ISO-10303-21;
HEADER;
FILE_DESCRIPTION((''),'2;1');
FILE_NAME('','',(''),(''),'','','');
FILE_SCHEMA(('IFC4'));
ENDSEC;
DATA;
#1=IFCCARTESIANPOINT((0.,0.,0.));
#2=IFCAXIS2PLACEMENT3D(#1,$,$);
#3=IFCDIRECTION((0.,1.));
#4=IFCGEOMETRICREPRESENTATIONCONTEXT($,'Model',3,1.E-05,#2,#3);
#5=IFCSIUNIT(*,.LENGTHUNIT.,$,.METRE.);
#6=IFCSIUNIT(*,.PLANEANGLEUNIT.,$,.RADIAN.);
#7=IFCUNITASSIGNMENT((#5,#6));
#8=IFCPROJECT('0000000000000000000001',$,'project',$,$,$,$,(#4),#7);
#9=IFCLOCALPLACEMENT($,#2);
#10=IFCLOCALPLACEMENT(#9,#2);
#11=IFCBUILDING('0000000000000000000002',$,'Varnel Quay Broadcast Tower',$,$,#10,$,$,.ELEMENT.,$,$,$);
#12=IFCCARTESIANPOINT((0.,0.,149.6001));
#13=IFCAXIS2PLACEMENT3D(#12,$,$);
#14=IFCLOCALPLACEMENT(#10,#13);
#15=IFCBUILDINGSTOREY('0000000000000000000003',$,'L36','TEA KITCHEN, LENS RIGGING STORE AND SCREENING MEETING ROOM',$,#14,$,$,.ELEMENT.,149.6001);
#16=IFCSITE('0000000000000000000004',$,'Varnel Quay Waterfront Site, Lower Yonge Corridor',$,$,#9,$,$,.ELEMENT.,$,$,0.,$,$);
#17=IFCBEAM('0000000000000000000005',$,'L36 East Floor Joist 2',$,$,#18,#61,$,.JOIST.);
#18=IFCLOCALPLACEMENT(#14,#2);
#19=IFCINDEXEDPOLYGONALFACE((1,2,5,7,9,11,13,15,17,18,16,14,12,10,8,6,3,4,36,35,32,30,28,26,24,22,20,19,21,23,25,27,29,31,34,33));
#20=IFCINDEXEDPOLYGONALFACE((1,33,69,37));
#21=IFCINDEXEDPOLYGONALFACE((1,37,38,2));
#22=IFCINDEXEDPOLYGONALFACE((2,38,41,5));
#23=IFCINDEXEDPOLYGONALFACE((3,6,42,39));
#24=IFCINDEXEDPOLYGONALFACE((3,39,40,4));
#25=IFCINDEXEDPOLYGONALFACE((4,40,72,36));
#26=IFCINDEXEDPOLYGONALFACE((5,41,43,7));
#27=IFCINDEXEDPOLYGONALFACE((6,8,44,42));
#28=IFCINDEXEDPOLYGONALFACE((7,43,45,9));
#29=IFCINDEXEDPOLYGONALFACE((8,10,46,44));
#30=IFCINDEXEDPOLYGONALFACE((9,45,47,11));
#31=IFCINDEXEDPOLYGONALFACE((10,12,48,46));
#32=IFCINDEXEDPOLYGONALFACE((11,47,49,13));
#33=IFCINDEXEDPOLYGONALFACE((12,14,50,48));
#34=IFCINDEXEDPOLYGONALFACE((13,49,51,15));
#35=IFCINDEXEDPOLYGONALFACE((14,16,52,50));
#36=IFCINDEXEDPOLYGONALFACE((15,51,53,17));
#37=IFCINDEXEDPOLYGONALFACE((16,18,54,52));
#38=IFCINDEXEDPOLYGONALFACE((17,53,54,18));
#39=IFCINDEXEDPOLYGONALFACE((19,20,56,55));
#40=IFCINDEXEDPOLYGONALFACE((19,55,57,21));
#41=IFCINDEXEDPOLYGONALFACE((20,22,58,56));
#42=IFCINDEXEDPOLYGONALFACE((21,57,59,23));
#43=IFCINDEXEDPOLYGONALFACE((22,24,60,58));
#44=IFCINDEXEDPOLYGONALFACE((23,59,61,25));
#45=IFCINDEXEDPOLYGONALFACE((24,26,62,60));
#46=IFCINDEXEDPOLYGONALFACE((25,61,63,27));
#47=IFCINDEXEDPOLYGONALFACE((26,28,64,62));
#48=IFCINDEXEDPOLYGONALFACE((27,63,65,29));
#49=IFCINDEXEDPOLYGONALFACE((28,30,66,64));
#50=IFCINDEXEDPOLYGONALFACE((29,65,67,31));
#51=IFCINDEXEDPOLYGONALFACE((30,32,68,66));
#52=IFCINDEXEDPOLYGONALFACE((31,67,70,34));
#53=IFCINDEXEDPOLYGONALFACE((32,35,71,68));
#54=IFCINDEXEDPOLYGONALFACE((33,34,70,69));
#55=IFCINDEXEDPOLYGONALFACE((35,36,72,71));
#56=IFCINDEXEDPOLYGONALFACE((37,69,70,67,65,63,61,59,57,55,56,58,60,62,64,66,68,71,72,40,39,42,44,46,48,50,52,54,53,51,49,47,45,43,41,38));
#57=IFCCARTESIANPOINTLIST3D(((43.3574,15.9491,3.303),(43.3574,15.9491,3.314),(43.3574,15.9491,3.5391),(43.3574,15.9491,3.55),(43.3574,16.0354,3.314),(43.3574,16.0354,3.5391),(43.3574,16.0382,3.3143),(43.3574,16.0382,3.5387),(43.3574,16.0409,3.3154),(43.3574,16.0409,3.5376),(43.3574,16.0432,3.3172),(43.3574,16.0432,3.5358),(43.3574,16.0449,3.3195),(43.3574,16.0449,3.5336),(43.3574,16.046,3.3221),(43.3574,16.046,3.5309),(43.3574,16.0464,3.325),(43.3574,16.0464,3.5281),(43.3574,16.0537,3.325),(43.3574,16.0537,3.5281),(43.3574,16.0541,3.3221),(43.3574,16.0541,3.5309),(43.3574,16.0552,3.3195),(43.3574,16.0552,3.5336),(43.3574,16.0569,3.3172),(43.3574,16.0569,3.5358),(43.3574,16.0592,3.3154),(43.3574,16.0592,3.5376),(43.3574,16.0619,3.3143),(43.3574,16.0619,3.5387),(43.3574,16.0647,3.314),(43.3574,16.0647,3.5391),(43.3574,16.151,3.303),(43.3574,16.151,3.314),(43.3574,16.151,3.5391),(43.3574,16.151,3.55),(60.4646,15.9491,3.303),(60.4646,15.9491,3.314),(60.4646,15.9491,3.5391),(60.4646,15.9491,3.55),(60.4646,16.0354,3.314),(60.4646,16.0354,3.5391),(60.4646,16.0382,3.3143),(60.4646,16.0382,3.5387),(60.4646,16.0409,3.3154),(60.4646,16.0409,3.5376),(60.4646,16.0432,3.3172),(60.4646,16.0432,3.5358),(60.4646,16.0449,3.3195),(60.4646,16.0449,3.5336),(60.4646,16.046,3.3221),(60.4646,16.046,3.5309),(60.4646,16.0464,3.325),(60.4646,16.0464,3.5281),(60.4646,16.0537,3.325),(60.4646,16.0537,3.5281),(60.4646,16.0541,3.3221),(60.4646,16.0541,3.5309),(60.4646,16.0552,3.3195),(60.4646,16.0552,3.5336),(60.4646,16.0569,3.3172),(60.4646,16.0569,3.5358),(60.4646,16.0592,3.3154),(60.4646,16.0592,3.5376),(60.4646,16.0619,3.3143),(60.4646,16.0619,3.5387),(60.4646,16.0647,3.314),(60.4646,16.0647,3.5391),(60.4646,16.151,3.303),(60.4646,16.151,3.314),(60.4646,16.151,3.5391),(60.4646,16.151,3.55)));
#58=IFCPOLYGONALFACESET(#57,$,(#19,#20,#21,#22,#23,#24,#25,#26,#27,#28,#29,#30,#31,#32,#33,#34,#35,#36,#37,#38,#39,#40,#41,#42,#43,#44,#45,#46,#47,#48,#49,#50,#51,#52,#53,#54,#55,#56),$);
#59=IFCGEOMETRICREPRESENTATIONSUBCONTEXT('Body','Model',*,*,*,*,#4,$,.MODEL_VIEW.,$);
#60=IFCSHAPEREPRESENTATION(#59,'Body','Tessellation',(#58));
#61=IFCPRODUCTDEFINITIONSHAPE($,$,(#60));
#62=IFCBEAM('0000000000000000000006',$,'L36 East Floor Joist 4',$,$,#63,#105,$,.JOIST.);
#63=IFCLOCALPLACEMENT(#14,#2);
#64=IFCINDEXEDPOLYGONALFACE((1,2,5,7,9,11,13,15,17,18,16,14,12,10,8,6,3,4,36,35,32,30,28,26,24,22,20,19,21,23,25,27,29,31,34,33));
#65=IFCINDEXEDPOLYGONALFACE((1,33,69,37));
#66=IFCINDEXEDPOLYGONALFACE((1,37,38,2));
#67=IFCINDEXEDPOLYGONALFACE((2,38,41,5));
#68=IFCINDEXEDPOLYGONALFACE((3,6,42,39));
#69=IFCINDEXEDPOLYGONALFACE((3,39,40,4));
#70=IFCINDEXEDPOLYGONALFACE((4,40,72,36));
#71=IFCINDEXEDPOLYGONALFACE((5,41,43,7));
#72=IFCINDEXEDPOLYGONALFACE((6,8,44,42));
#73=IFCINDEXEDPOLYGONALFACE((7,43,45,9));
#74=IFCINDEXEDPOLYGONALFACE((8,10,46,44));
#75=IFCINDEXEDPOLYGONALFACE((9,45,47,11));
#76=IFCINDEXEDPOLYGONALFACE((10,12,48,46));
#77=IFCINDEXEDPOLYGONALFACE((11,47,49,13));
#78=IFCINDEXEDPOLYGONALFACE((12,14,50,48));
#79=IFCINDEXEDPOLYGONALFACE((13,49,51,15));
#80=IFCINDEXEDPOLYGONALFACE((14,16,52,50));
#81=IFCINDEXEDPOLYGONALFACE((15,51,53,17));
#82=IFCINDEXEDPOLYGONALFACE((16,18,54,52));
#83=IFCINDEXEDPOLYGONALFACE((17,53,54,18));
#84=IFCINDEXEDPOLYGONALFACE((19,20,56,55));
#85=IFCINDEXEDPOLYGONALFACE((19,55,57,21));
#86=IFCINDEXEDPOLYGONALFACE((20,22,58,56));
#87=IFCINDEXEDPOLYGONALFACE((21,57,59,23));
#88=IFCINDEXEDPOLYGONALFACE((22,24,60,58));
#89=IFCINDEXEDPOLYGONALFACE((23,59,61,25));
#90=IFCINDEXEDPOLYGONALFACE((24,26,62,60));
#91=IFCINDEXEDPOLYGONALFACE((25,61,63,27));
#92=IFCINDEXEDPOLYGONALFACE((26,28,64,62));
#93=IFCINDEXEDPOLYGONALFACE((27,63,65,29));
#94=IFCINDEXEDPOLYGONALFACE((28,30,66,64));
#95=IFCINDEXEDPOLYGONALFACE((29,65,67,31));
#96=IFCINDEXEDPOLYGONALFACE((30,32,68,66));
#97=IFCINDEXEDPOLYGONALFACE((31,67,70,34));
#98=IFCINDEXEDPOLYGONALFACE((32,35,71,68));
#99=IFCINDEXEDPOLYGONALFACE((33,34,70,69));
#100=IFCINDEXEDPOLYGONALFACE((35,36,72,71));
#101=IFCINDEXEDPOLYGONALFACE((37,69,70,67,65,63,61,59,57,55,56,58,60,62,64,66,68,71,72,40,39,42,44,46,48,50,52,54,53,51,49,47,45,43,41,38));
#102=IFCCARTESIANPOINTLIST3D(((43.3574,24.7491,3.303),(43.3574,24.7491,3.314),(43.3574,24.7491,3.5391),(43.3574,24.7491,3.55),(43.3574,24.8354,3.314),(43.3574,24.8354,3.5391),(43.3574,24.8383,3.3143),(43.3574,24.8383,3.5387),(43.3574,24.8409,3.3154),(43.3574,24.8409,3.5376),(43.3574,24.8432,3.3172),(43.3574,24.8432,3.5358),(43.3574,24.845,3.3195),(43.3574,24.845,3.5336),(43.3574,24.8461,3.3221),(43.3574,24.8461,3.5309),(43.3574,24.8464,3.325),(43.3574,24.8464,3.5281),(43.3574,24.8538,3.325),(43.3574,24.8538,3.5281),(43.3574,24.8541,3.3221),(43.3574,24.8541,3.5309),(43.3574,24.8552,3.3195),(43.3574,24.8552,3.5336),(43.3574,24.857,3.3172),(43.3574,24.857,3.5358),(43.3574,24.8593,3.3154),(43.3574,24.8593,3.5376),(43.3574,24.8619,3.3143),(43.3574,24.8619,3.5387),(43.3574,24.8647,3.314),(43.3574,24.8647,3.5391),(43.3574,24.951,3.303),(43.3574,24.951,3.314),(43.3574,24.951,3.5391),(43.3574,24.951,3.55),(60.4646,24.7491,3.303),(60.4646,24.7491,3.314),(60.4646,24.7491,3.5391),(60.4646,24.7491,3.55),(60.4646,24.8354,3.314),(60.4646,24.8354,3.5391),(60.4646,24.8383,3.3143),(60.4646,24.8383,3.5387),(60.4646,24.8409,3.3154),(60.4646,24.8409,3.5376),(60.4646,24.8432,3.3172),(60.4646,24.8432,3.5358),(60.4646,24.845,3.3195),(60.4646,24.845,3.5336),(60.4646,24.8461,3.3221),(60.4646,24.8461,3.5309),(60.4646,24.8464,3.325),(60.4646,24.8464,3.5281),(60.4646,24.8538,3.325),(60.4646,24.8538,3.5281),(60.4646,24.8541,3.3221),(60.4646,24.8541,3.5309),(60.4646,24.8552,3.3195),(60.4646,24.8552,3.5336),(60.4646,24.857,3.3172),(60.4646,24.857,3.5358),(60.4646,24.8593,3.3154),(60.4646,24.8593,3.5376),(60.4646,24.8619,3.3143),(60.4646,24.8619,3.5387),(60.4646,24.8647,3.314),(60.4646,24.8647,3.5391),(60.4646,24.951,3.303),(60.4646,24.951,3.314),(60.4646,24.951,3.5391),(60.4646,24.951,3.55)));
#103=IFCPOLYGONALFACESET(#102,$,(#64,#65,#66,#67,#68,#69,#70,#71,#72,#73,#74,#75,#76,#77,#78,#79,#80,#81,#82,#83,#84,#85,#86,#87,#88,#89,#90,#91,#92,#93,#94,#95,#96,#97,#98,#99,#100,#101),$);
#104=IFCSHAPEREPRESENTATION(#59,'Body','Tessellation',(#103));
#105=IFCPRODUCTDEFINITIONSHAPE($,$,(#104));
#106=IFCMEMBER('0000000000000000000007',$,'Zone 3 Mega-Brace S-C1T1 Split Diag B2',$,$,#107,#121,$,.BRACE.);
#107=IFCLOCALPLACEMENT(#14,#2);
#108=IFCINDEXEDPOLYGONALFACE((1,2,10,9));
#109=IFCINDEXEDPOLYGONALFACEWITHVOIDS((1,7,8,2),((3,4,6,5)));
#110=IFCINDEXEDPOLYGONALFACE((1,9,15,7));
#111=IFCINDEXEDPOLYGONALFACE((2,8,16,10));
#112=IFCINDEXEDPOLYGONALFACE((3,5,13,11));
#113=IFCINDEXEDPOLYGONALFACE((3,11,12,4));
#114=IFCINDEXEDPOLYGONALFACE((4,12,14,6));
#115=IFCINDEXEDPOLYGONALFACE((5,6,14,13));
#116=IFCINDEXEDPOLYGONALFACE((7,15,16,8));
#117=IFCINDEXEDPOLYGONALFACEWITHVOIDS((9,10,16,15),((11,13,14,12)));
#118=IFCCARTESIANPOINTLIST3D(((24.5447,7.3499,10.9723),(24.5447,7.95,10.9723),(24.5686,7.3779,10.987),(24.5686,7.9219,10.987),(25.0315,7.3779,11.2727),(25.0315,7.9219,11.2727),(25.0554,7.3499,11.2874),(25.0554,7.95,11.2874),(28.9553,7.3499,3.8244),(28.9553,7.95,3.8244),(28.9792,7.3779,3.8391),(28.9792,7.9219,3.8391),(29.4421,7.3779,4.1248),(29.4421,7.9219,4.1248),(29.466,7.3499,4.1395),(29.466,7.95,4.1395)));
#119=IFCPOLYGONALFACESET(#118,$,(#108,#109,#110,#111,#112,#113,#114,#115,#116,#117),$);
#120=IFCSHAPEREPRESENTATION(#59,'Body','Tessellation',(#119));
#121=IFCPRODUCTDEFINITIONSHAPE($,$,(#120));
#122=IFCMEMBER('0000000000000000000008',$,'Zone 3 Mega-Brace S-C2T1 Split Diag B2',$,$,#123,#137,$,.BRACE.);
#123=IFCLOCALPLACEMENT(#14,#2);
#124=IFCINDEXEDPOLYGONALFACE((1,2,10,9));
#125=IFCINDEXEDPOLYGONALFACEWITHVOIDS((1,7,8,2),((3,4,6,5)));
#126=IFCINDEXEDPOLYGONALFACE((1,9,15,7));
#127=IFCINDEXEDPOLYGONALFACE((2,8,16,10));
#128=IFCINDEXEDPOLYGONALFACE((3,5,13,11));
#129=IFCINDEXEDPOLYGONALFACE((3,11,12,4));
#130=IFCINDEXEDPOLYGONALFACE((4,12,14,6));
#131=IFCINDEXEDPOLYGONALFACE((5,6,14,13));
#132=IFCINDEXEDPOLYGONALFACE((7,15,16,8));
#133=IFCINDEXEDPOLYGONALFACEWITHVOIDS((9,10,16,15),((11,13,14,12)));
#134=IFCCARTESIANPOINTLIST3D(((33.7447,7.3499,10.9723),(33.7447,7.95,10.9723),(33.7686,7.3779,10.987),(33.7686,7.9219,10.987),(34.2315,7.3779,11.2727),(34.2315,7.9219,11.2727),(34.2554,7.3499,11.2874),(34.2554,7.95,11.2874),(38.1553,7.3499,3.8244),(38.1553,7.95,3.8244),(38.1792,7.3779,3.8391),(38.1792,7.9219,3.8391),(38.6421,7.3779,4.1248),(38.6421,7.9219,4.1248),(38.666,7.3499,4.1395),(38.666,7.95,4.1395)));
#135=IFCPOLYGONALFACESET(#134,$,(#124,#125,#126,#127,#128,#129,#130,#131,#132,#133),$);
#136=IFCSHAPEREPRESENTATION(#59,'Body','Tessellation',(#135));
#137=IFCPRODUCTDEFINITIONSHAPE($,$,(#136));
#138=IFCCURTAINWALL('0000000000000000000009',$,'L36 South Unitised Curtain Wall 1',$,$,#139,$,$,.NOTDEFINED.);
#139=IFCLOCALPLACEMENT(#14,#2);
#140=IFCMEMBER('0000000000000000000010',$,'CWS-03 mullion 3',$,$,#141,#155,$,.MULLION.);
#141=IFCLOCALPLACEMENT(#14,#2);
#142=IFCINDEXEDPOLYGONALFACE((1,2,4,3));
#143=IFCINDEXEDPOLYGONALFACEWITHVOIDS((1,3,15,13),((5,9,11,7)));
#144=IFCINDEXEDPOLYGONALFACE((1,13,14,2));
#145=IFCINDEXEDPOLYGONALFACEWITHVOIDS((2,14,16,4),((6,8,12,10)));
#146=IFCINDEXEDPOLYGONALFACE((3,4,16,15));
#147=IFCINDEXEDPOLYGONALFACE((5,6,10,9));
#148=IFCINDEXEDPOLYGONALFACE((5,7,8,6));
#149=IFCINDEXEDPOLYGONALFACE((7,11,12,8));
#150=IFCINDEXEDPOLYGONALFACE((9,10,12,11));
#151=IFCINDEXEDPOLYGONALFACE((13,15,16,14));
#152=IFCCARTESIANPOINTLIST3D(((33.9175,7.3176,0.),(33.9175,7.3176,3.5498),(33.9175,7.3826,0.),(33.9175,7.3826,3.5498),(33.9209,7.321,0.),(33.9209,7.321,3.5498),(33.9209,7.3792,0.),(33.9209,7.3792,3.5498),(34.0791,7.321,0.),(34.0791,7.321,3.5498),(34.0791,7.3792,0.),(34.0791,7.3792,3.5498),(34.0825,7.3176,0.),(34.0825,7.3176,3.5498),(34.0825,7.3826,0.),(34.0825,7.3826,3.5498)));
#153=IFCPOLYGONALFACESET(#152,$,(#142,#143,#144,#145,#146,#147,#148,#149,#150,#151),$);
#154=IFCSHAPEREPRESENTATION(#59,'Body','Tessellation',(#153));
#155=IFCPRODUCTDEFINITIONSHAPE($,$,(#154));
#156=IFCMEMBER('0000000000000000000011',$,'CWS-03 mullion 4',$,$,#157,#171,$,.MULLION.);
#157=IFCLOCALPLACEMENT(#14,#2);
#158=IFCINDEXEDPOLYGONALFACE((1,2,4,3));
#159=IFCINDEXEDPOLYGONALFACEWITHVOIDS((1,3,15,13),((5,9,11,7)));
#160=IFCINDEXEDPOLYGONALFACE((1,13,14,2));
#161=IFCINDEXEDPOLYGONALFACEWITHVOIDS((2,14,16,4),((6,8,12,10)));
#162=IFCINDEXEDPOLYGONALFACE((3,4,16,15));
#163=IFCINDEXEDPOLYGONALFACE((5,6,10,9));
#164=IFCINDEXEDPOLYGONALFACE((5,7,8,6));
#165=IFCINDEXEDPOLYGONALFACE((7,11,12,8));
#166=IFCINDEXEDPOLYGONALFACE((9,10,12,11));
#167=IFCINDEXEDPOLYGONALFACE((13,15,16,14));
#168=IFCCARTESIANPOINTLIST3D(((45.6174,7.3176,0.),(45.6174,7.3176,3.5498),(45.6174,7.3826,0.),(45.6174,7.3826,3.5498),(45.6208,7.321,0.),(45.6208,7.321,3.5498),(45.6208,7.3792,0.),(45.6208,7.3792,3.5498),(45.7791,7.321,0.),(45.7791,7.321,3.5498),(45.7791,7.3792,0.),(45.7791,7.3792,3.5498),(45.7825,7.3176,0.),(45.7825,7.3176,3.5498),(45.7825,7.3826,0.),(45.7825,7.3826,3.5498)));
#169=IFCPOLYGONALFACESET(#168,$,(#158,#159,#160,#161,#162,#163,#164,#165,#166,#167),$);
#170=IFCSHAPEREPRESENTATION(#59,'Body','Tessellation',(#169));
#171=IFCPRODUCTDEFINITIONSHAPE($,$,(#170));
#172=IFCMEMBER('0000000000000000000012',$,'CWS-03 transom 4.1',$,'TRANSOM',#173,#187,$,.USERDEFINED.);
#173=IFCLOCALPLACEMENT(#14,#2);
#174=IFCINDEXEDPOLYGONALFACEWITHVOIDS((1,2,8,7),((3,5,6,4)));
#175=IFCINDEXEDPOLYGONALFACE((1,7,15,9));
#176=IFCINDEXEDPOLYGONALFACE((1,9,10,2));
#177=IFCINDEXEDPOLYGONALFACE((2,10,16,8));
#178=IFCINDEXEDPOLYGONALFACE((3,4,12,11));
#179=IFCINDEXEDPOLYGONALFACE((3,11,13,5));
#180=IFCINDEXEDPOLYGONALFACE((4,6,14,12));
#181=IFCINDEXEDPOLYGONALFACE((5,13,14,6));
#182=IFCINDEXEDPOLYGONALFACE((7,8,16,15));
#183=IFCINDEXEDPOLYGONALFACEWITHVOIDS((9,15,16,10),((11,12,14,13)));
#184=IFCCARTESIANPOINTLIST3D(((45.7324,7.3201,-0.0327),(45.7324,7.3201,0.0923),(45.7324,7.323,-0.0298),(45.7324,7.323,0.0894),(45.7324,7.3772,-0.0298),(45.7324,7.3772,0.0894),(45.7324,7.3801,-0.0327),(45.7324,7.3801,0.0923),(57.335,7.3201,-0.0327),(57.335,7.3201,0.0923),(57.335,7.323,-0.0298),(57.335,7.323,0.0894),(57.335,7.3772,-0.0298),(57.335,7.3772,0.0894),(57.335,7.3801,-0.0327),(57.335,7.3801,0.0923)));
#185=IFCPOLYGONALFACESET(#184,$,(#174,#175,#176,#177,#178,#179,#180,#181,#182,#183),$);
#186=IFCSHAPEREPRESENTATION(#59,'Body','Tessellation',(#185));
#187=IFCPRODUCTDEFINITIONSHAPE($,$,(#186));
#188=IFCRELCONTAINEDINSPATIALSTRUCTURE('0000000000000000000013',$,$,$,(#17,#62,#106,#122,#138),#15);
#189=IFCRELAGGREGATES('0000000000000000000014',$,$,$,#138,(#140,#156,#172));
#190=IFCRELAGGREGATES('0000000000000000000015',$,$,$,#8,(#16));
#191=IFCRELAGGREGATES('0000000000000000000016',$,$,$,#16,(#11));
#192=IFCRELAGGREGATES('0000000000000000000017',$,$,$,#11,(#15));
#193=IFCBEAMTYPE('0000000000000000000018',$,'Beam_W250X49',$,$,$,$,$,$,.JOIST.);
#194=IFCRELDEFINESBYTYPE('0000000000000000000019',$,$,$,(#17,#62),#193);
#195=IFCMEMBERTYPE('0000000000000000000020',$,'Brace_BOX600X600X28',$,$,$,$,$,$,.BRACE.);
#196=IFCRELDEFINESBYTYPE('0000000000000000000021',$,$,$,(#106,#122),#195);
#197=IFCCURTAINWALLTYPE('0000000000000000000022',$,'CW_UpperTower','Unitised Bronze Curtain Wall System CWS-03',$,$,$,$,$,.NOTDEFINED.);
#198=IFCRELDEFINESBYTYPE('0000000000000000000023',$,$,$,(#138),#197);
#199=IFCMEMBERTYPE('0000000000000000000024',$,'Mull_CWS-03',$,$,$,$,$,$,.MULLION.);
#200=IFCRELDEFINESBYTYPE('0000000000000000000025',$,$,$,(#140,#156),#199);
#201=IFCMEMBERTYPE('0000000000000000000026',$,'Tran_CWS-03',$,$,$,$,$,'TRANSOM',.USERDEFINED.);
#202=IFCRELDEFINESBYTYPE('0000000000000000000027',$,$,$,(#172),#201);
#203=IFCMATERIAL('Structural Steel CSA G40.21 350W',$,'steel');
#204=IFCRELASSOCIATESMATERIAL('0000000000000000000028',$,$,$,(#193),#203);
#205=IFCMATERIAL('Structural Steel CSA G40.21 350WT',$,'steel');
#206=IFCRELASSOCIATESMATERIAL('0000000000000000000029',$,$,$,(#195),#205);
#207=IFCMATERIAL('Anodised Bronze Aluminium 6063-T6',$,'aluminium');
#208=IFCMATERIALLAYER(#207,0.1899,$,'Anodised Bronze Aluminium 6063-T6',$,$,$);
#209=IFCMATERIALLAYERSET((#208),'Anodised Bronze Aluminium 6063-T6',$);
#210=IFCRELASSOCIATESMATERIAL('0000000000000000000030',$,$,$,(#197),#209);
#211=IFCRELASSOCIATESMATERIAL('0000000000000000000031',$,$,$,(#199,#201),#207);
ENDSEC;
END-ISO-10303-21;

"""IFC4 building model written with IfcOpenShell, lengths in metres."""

from ifc_helpers import new_model, si_unit, direction, frame, origin, origin_2d, place, context, subcontext, project, spatial, hollow_rectangle, i_section, extrude, source, transform, mapped, material, layer, layer_set, material_profile, profile_set, type_object, type_shapes, element, aggregate, save


model = new_model("IFC4")

# Units and contexts
model_context = context("Model", 3, precision=1e-05, world=origin(), true_north=direction((0.0, 1.0)))
body_context = subcontext(model_context, "Body", "Model", "MODEL_VIEW")
ifc_project = project(units=[si_unit("LENGTHUNIT", "METRE"), si_unit("PLANEANGLEUNIT", "RADIAN")], contexts=[model_context])

# Site, building, storey
site_placement = place(None, origin())
site = spatial("IfcSite", under=ifc_project, at=site_placement, Name="Varnel Quay Waterfront Site, Lower Yonge Corridor", CompositionType="ELEMENT", RefElevation=0.0)
building_placement = place(site_placement, origin())
building = spatial("IfcBuilding", under=site, at=building_placement, Name="Varnel Quay Broadcast Tower", CompositionType="ELEMENT")
storey_placement = place(building_placement, frame((0.0, 0.0, 149.6001)))
storey = spatial("IfcBuildingStorey", under=building, at=storey_placement, Name="L36", Description="TEA KITCHEN, LENS RIGGING STORE AND SCREENING MEETING ROOM", CompositionType="ELEMENT", Elevation=149.6001)

# Shared definitions
ifc_material_1 = material(Name="Structural Steel CSA G40.21 350W", Category="steel")

# Beams
ifc_material_profile_1 = material_profile(ifc_material_1, i_section(OverallWidth=0.2019, OverallDepth=0.2471, WebThickness=0.0073, FlangeThickness=0.011, FilletRadius=0.011, at=origin_2d()), Name="W250X49")
ifc_profile_set_1 = profile_set([ifc_material_profile_1], Name="Structural Steel CSA G40.21 350W")
beam_type_1 = type_object("IfcBeamType", Name="Beam_W250X49", PredefinedType="JOIST", material=ifc_profile_set_1)
shared_shape_1 = source(origin(), body_context, "Body", "SweptSolid", [
    extrude(i_section(OverallWidth=0.2019, OverallDepth=0.2471, WebThickness=0.0073, FlangeThickness=0.011, FilletRadius=0.011, at=origin_2d()), origin(), (0.0, 0.0, 1.0), 17.1072),
])
type_shapes(beam_type_1, [shared_shape_1])
for number, where, z_axis, x_axis, name in (
    (1, (43.3574, 16.05, 3.4265), (1.0, 0.0, 0.0), (0.0, 1.0, 0.0), "L36 East Floor Joist 2"),
    (2, (43.3574, 24.8501, 3.4265), (1.0, 0.0, 0.0), (0.0, 1.0, 0.0), "L36 East Floor Joist 4"),
):
    element("IfcBeam", number, at=place(storey_placement, frame(where, z_axis=z_axis, x_axis=x_axis)), inside=storey, type_object=beam_type_1, Name=name, PredefinedType="JOIST", context=body_context, shape_type="MappedRepresentation", body=[
        mapped(shared_shape_1, transform((0.0, 0.0, 0.0), x_axis=(1.0, 0.0, 0.0), y_axis=(0.0, 1.0, 0.0), z_axis=(0.0, 0.0, 1.0), scale=1.0)),
    ])

# Members
ifc_material_2 = material(Name="Structural Steel CSA G40.21 350WT", Category="steel")
ifc_material_profile_2 = material_profile(ifc_material_2, hollow_rectangle(XDim=0.6001, YDim=0.6001, WallThickness=0.0281, at=origin_2d()), Name="BOX600X600X28")
ifc_profile_set_2 = profile_set([ifc_material_profile_2], Name="Structural Steel CSA G40.21 350WT")
member_type_1 = type_object("IfcMemberType", Name="Brace_BOX600X600X28", PredefinedType="BRACE", material=ifc_profile_set_2)
shared_shape_2 = source(origin(), body_context, "Body", "SweptSolid", [
    extrude(hollow_rectangle(XDim=0.6001, YDim=0.6001, WallThickness=0.0281, at=origin_2d()), origin(), (0.0, 0.0, 1.0), 8.3992),
])
type_shapes(member_type_1, [shared_shape_2])
for number, where, z_axis, x_axis, name in (
    (3, (29.2107, 7.6499, 3.9819), (-0.525125, 0.0, 0.851025), (0.0, -1.0, 0.0), "Zone 3 Mega-Brace S-C1T1 Split Diag B2"),
    (4, (38.4106, 7.6499, 3.9819), (-0.525125, 0.0, 0.851025), (0.0, -1.0, 0.0), "Zone 3 Mega-Brace S-C2T1 Split Diag B2"),
):
    element("IfcMember", number, at=place(storey_placement, frame(where, z_axis=z_axis, x_axis=x_axis)), inside=storey, type_object=member_type_1, Name=name, PredefinedType="BRACE", context=body_context, shape_type="MappedRepresentation", body=[
        mapped(shared_shape_2, transform((0.0, 0.0, 0.0), x_axis=(1.0, 0.0, 0.0), y_axis=(0.0, 1.0, 0.0), z_axis=(0.0, 0.0, 1.0), scale=1.0)),
    ])

# Curtain wall, members
ifc_material_3 = material(Name="Anodised Bronze Aluminium 6063-T6", Category="aluminium")
ifc_layer_1 = layer(ifc_material_3, 0.1899, Name="Anodised Bronze Aluminium 6063-T6")
ifc_layer_set_1 = layer_set([ifc_layer_1], Name="Anodised Bronze Aluminium 6063-T6")
curtain_wall_type = type_object("IfcCurtainWallType", Name="CW_UpperTower", Description="Unitised Bronze Curtain Wall System CWS-03", PredefinedType="NOTDEFINED", material=ifc_layer_set_1)
curtain_wall_placement = place(storey_placement, origin())
curtain_wall = element("IfcCurtainWall", 5, at=curtain_wall_placement, inside=storey, type_object=curtain_wall_type, Name="L36 South Unitised Curtain Wall 1", PredefinedType="NOTDEFINED")
ifc_material_profile_3 = material_profile(ifc_material_3, hollow_rectangle(XDim=0.0649, YDim=0.165, WallThickness=0.0034, at=origin_2d()), Name="ALU65X165X3.5")
ifc_profile_set_3 = profile_set([ifc_material_profile_3], Name="Anodised Bronze Aluminium 6063-T6")
member_type_2 = type_object("IfcMemberType", Name="Mull_CWS-03", PredefinedType="MULLION", material=ifc_profile_set_3)
shared_shape_3 = source(origin(), body_context, "Body", "SweptSolid", [
    extrude(hollow_rectangle(XDim=0.0649, YDim=0.165, WallThickness=0.0034, at=origin_2d()), origin(), (0.0, 0.0, 1.0), 3.5498),
])
type_shapes(member_type_2, [shared_shape_3])
member_1_placement = place(storey_placement, frame((34.0, 7.3501, 0.0), z_axis=(0.0, 0.0, 1.0), x_axis=(0.0, 1.0, 0.0)))
member_1 = element("IfcMember", 6, at=member_1_placement, type_object=member_type_2, Name="CWS-03 mullion 3", PredefinedType="MULLION", context=body_context, shape_type="MappedRepresentation", body=[
    mapped(shared_shape_3, transform((0.0, 0.0, 0.0), x_axis=(1.0, 0.0, 0.0), y_axis=(0.0, 1.0, 0.0), z_axis=(0.0, 0.0, 1.0), scale=1.0)),
])
member_2_placement = place(storey_placement, frame((45.7, 7.3501, 0.0), z_axis=(0.0, 0.0, 1.0), x_axis=(0.0, 1.0, 0.0)))
member_2 = element("IfcMember", 7, at=member_2_placement, type_object=member_type_2, Name="CWS-03 mullion 4", PredefinedType="MULLION", context=body_context, shape_type="MappedRepresentation", body=[
    mapped(shared_shape_3, transform((0.0, 0.0, 0.0), x_axis=(1.0, 0.0, 0.0), y_axis=(0.0, 1.0, 0.0), z_axis=(0.0, 0.0, 1.0), scale=1.0)),
])
ifc_material_profile_4 = material_profile(ifc_material_3, hollow_rectangle(XDim=0.0601, YDim=0.125, WallThickness=0.0029, at=origin_2d()), Name="ALU60X125X3")
ifc_profile_set_4 = profile_set([ifc_material_profile_4], Name="Anodised Bronze Aluminium 6063-T6")
member_type_3 = type_object("IfcMemberType", Name="Tran_CWS-03", ElementType="TRANSOM", PredefinedType="USERDEFINED", material=ifc_profile_set_4)
shared_shape_4 = source(origin(), body_context, "Body", "SweptSolid", [
    extrude(hollow_rectangle(XDim=0.0601, YDim=0.125, WallThickness=0.0029, at=origin_2d()), origin(), (0.0, 0.0, 1.0), 11.6025),
])
member_3_placement = place(storey_placement, frame((45.7324, 7.3501, 0.0298), z_axis=(1.0, 0.0, 0.0), x_axis=(0.0, 1.0, 0.0)))
member_3 = element("IfcMember", 8, at=member_3_placement, type_object=member_type_3, Name="CWS-03 transom 4.1", ObjectType="TRANSOM", PredefinedType="USERDEFINED", context=body_context, shape_type="MappedRepresentation", body=[
    mapped(shared_shape_4, transform((0.0, 0.0, 0.0), x_axis=(1.0, 0.0, 0.0), y_axis=(0.0, 1.0, 0.0), z_axis=(0.0, 0.0, 1.0), scale=1.0)),
])

aggregate(curtain_wall, [member_1, member_2, member_3])

save(model, "model.ifc")
